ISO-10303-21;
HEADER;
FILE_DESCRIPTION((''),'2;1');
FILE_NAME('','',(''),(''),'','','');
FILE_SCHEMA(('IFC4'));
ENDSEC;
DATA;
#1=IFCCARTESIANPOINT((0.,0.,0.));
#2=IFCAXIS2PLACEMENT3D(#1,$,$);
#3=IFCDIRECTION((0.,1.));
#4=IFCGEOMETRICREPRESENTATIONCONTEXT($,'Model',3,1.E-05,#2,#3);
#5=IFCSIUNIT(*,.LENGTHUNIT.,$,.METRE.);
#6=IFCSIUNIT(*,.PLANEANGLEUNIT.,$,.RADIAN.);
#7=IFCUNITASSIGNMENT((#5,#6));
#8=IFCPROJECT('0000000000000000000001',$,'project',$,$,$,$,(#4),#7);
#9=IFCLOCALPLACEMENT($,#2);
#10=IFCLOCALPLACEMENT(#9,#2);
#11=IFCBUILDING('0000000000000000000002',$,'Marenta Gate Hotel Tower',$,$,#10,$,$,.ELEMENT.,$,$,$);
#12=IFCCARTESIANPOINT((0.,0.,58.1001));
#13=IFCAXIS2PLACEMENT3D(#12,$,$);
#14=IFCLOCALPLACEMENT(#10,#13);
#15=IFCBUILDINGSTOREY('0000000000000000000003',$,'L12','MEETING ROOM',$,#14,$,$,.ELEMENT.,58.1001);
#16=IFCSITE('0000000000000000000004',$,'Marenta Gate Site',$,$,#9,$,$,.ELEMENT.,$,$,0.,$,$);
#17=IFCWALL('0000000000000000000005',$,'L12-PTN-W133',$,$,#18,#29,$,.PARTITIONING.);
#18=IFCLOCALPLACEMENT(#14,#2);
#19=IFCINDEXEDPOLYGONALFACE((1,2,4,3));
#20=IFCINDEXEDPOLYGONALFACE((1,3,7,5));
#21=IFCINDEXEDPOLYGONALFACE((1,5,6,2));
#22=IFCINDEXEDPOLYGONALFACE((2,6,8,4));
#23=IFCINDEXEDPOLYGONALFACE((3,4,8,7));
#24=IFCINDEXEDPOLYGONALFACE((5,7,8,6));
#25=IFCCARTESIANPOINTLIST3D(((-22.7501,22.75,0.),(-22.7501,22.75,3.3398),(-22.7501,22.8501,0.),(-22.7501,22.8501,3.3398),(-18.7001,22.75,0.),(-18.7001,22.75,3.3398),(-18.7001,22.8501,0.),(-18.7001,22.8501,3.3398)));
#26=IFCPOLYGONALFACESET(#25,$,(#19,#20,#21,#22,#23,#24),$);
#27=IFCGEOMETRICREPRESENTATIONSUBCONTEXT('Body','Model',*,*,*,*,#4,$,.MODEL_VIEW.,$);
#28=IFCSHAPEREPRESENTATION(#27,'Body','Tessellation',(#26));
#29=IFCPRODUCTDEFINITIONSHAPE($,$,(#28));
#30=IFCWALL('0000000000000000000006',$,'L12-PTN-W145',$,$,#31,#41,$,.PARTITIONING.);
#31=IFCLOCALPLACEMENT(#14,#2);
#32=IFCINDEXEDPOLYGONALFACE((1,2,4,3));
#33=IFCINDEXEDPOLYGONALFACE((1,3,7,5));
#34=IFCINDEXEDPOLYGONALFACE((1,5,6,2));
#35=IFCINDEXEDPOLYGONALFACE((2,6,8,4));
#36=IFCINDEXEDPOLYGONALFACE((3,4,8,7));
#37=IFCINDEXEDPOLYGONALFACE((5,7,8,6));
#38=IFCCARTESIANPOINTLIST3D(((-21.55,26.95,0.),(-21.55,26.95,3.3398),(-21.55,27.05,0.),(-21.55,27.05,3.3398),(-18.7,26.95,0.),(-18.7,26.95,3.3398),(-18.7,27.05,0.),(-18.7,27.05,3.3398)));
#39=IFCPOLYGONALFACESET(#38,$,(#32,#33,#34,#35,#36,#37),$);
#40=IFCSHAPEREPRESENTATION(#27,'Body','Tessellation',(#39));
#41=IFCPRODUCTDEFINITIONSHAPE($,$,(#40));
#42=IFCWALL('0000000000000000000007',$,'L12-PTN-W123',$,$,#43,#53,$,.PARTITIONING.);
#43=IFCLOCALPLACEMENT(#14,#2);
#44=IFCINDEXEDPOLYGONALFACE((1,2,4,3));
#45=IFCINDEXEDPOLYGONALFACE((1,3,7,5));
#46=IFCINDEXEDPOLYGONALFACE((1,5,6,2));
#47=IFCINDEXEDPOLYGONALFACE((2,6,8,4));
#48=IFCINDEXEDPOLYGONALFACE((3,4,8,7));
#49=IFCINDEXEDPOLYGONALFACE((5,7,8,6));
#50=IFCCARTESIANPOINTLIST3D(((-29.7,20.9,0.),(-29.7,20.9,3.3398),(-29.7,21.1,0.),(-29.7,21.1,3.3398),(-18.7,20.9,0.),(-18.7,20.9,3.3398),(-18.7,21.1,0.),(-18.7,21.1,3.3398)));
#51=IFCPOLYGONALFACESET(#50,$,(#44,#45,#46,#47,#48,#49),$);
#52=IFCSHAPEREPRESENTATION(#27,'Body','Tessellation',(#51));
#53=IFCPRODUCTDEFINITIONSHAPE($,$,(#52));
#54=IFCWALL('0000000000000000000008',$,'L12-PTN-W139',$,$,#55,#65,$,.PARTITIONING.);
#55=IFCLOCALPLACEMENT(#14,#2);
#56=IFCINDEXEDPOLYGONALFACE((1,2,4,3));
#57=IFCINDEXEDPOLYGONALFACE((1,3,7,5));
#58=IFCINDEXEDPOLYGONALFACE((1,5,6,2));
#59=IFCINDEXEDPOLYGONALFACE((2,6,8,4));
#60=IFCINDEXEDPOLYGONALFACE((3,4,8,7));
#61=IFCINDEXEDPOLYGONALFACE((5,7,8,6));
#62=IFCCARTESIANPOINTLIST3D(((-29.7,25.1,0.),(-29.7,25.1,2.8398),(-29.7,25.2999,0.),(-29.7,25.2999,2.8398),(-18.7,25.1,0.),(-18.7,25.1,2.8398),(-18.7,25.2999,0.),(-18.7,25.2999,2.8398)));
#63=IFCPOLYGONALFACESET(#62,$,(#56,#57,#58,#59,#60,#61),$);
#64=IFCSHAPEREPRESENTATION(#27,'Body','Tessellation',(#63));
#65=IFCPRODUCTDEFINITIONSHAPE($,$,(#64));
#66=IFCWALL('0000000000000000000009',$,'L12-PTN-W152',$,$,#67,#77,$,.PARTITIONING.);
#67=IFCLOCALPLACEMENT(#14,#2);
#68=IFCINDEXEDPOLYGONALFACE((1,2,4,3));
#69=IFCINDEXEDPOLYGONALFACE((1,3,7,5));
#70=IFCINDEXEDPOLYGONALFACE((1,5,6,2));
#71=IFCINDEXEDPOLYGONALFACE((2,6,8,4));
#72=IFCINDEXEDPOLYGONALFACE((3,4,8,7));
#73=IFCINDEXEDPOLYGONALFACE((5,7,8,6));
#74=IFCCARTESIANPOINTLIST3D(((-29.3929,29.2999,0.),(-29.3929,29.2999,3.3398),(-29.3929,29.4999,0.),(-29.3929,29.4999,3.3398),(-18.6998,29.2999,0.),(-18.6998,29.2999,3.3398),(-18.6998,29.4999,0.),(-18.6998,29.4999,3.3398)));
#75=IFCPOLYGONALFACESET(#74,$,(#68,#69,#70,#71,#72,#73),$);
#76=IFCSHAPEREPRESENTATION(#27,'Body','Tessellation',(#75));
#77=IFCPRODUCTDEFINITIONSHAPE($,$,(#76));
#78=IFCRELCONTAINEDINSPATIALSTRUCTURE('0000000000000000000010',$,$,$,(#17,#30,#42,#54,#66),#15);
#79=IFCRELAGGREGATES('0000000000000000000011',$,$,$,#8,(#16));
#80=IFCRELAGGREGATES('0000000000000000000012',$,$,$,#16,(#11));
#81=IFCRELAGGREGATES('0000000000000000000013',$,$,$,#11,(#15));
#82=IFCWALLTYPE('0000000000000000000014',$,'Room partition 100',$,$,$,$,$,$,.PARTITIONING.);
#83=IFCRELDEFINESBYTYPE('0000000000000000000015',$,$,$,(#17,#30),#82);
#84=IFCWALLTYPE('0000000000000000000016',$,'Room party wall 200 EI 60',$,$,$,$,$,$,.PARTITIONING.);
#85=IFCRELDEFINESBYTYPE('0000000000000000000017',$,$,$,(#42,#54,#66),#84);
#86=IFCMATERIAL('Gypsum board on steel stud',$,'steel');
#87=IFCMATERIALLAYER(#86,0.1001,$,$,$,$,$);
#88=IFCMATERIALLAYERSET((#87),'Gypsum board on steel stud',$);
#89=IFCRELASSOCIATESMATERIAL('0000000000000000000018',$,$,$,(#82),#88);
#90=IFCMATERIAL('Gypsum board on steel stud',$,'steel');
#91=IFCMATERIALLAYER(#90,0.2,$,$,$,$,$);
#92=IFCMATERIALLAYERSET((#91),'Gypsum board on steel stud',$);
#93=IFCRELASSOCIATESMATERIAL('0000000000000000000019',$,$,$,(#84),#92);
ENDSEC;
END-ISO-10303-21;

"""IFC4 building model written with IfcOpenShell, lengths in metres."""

from ifc_helpers import new_model, si_unit, direction, frame, frame_2d, origin, place, context, subcontext, project, spatial, rectangle, extrude, material, layer, layer_set, type_object, element, save


model = new_model("IFC4")

# Units and contexts
model_context = context("Model", 3, precision=1e-05, world=origin(), true_north=direction((0.0, 1.0)))
body_context = subcontext(model_context, "Body", "Model", "MODEL_VIEW")
ifc_project = project(units=[si_unit("LENGTHUNIT", "METRE"), si_unit("PLANEANGLEUNIT", "RADIAN")], contexts=[model_context])

# Site, building, storey
site_placement = place(None, origin())
site = spatial("IfcSite", under=ifc_project, at=site_placement, Name="Marenta Gate Site", CompositionType="ELEMENT", RefElevation=0.0)
building_placement = place(site_placement, origin())
building = spatial("IfcBuilding", under=site, at=building_placement, Name="Marenta Gate Hotel Tower", CompositionType="ELEMENT")
storey_placement = place(building_placement, frame((0.0, 0.0, 58.1001)))
storey = spatial("IfcBuildingStorey", under=building, at=storey_placement, Name="L12", Description="MEETING ROOM", CompositionType="ELEMENT", Elevation=58.1001)

# Shared definitions
ifc_material_1 = material(Name="Gypsum board on steel stud", Category="steel")
ifc_layer_1 = layer(ifc_material_1, 0.1001)
ifc_layer_set_1 = layer_set([ifc_layer_1], Name="Gypsum board on steel stud")
wall_type_1 = type_object("IfcWallType", Name="Room partition 100", PredefinedType="PARTITIONING", material=ifc_layer_set_1)

# Walls
wall_1_placement = place(storey_placement, frame((-22.75, 22.8, 0.0), z_axis=(0.0, 0.0, 1.0), x_axis=(1.0, 0.0, 0.0)))
element("IfcWall", 1, at=wall_1_placement, inside=storey, type_object=wall_type_1, Name="L12-PTN-W133", PredefinedType="PARTITIONING", context=body_context, shape_type="SweptSolid", body=[
    extrude(rectangle(XDim=4.05, YDim=0.1001, at=frame_2d((2.0249, 0.0))), origin(), (0.0, 0.0, 1.0), 3.3398),
])
wall_2_placement = place(storey_placement, frame((-21.55, 27.0, 0.0), z_axis=(0.0, 0.0, 1.0), x_axis=(1.0, 0.0, 0.0)))
element("IfcWall", 2, at=wall_2_placement, inside=storey, type_object=wall_type_1, Name="L12-PTN-W145", PredefinedType="PARTITIONING", context=body_context, shape_type="SweptSolid", body=[
    extrude(rectangle(XDim=2.8501, YDim=0.1001, at=frame_2d((1.425, 0.0))), origin(), (0.0, 0.0, 1.0), 3.3398),
])
ifc_material_2 = material(Name="Gypsum board on steel stud", Category="steel")
ifc_layer_2 = layer(ifc_material_2, 0.2)
ifc_layer_set_2 = layer_set([ifc_layer_2], Name="Gypsum board on steel stud")
wall_type_2 = type_object("IfcWallType", Name="Room party wall 200 EI 60", PredefinedType="PARTITIONING", material=ifc_layer_set_2)
wall_3_placement = place(storey_placement, frame((-29.7, 21.0, 0.0), z_axis=(0.0, 0.0, 1.0), x_axis=(1.0, 0.0, 0.0)))
element("IfcWall", 3, at=wall_3_placement, inside=storey, type_object=wall_type_2, Name="L12-PTN-W123", PredefinedType="PARTITIONING", context=body_context, shape_type="SweptSolid", body=[
    extrude(rectangle(XDim=11.0, YDim=0.2, at=frame_2d((5.5, 0.0))), origin(), (0.0, 0.0, 1.0), 3.3398),
])
wall_4_placement = place(storey_placement, frame((-29.7, 25.2, 0.0), z_axis=(0.0, 0.0, 1.0), x_axis=(1.0, 0.0, 0.0)))
element("IfcWall", 4, at=wall_4_placement, inside=storey, type_object=wall_type_2, Name="L12-PTN-W139", PredefinedType="PARTITIONING", context=body_context, shape_type="SweptSolid", body=[
    extrude(rectangle(XDim=11.0, YDim=0.2, at=frame_2d((5.5, 0.0))), origin(), (0.0, 0.0, 1.0), 2.8398),
])
wall_5_placement = place(storey_placement, frame((-29.3931, 29.3999, 0.0), z_axis=(0.0, 0.0, 1.0), x_axis=(1.0, 0.0, 0.0)))
element("IfcWall", 5, at=wall_5_placement, inside=storey, type_object=wall_type_2, Name="L12-PTN-W152", PredefinedType="PARTITIONING", context=body_context, shape_type="SweptSolid", body=[
    extrude(rectangle(XDim=10.6931, YDim=0.2, at=frame_2d((5.3467, 0.0))), origin(), (0.0, 0.0, 1.0), 3.3398),
])

save(model, "model.ifc")
